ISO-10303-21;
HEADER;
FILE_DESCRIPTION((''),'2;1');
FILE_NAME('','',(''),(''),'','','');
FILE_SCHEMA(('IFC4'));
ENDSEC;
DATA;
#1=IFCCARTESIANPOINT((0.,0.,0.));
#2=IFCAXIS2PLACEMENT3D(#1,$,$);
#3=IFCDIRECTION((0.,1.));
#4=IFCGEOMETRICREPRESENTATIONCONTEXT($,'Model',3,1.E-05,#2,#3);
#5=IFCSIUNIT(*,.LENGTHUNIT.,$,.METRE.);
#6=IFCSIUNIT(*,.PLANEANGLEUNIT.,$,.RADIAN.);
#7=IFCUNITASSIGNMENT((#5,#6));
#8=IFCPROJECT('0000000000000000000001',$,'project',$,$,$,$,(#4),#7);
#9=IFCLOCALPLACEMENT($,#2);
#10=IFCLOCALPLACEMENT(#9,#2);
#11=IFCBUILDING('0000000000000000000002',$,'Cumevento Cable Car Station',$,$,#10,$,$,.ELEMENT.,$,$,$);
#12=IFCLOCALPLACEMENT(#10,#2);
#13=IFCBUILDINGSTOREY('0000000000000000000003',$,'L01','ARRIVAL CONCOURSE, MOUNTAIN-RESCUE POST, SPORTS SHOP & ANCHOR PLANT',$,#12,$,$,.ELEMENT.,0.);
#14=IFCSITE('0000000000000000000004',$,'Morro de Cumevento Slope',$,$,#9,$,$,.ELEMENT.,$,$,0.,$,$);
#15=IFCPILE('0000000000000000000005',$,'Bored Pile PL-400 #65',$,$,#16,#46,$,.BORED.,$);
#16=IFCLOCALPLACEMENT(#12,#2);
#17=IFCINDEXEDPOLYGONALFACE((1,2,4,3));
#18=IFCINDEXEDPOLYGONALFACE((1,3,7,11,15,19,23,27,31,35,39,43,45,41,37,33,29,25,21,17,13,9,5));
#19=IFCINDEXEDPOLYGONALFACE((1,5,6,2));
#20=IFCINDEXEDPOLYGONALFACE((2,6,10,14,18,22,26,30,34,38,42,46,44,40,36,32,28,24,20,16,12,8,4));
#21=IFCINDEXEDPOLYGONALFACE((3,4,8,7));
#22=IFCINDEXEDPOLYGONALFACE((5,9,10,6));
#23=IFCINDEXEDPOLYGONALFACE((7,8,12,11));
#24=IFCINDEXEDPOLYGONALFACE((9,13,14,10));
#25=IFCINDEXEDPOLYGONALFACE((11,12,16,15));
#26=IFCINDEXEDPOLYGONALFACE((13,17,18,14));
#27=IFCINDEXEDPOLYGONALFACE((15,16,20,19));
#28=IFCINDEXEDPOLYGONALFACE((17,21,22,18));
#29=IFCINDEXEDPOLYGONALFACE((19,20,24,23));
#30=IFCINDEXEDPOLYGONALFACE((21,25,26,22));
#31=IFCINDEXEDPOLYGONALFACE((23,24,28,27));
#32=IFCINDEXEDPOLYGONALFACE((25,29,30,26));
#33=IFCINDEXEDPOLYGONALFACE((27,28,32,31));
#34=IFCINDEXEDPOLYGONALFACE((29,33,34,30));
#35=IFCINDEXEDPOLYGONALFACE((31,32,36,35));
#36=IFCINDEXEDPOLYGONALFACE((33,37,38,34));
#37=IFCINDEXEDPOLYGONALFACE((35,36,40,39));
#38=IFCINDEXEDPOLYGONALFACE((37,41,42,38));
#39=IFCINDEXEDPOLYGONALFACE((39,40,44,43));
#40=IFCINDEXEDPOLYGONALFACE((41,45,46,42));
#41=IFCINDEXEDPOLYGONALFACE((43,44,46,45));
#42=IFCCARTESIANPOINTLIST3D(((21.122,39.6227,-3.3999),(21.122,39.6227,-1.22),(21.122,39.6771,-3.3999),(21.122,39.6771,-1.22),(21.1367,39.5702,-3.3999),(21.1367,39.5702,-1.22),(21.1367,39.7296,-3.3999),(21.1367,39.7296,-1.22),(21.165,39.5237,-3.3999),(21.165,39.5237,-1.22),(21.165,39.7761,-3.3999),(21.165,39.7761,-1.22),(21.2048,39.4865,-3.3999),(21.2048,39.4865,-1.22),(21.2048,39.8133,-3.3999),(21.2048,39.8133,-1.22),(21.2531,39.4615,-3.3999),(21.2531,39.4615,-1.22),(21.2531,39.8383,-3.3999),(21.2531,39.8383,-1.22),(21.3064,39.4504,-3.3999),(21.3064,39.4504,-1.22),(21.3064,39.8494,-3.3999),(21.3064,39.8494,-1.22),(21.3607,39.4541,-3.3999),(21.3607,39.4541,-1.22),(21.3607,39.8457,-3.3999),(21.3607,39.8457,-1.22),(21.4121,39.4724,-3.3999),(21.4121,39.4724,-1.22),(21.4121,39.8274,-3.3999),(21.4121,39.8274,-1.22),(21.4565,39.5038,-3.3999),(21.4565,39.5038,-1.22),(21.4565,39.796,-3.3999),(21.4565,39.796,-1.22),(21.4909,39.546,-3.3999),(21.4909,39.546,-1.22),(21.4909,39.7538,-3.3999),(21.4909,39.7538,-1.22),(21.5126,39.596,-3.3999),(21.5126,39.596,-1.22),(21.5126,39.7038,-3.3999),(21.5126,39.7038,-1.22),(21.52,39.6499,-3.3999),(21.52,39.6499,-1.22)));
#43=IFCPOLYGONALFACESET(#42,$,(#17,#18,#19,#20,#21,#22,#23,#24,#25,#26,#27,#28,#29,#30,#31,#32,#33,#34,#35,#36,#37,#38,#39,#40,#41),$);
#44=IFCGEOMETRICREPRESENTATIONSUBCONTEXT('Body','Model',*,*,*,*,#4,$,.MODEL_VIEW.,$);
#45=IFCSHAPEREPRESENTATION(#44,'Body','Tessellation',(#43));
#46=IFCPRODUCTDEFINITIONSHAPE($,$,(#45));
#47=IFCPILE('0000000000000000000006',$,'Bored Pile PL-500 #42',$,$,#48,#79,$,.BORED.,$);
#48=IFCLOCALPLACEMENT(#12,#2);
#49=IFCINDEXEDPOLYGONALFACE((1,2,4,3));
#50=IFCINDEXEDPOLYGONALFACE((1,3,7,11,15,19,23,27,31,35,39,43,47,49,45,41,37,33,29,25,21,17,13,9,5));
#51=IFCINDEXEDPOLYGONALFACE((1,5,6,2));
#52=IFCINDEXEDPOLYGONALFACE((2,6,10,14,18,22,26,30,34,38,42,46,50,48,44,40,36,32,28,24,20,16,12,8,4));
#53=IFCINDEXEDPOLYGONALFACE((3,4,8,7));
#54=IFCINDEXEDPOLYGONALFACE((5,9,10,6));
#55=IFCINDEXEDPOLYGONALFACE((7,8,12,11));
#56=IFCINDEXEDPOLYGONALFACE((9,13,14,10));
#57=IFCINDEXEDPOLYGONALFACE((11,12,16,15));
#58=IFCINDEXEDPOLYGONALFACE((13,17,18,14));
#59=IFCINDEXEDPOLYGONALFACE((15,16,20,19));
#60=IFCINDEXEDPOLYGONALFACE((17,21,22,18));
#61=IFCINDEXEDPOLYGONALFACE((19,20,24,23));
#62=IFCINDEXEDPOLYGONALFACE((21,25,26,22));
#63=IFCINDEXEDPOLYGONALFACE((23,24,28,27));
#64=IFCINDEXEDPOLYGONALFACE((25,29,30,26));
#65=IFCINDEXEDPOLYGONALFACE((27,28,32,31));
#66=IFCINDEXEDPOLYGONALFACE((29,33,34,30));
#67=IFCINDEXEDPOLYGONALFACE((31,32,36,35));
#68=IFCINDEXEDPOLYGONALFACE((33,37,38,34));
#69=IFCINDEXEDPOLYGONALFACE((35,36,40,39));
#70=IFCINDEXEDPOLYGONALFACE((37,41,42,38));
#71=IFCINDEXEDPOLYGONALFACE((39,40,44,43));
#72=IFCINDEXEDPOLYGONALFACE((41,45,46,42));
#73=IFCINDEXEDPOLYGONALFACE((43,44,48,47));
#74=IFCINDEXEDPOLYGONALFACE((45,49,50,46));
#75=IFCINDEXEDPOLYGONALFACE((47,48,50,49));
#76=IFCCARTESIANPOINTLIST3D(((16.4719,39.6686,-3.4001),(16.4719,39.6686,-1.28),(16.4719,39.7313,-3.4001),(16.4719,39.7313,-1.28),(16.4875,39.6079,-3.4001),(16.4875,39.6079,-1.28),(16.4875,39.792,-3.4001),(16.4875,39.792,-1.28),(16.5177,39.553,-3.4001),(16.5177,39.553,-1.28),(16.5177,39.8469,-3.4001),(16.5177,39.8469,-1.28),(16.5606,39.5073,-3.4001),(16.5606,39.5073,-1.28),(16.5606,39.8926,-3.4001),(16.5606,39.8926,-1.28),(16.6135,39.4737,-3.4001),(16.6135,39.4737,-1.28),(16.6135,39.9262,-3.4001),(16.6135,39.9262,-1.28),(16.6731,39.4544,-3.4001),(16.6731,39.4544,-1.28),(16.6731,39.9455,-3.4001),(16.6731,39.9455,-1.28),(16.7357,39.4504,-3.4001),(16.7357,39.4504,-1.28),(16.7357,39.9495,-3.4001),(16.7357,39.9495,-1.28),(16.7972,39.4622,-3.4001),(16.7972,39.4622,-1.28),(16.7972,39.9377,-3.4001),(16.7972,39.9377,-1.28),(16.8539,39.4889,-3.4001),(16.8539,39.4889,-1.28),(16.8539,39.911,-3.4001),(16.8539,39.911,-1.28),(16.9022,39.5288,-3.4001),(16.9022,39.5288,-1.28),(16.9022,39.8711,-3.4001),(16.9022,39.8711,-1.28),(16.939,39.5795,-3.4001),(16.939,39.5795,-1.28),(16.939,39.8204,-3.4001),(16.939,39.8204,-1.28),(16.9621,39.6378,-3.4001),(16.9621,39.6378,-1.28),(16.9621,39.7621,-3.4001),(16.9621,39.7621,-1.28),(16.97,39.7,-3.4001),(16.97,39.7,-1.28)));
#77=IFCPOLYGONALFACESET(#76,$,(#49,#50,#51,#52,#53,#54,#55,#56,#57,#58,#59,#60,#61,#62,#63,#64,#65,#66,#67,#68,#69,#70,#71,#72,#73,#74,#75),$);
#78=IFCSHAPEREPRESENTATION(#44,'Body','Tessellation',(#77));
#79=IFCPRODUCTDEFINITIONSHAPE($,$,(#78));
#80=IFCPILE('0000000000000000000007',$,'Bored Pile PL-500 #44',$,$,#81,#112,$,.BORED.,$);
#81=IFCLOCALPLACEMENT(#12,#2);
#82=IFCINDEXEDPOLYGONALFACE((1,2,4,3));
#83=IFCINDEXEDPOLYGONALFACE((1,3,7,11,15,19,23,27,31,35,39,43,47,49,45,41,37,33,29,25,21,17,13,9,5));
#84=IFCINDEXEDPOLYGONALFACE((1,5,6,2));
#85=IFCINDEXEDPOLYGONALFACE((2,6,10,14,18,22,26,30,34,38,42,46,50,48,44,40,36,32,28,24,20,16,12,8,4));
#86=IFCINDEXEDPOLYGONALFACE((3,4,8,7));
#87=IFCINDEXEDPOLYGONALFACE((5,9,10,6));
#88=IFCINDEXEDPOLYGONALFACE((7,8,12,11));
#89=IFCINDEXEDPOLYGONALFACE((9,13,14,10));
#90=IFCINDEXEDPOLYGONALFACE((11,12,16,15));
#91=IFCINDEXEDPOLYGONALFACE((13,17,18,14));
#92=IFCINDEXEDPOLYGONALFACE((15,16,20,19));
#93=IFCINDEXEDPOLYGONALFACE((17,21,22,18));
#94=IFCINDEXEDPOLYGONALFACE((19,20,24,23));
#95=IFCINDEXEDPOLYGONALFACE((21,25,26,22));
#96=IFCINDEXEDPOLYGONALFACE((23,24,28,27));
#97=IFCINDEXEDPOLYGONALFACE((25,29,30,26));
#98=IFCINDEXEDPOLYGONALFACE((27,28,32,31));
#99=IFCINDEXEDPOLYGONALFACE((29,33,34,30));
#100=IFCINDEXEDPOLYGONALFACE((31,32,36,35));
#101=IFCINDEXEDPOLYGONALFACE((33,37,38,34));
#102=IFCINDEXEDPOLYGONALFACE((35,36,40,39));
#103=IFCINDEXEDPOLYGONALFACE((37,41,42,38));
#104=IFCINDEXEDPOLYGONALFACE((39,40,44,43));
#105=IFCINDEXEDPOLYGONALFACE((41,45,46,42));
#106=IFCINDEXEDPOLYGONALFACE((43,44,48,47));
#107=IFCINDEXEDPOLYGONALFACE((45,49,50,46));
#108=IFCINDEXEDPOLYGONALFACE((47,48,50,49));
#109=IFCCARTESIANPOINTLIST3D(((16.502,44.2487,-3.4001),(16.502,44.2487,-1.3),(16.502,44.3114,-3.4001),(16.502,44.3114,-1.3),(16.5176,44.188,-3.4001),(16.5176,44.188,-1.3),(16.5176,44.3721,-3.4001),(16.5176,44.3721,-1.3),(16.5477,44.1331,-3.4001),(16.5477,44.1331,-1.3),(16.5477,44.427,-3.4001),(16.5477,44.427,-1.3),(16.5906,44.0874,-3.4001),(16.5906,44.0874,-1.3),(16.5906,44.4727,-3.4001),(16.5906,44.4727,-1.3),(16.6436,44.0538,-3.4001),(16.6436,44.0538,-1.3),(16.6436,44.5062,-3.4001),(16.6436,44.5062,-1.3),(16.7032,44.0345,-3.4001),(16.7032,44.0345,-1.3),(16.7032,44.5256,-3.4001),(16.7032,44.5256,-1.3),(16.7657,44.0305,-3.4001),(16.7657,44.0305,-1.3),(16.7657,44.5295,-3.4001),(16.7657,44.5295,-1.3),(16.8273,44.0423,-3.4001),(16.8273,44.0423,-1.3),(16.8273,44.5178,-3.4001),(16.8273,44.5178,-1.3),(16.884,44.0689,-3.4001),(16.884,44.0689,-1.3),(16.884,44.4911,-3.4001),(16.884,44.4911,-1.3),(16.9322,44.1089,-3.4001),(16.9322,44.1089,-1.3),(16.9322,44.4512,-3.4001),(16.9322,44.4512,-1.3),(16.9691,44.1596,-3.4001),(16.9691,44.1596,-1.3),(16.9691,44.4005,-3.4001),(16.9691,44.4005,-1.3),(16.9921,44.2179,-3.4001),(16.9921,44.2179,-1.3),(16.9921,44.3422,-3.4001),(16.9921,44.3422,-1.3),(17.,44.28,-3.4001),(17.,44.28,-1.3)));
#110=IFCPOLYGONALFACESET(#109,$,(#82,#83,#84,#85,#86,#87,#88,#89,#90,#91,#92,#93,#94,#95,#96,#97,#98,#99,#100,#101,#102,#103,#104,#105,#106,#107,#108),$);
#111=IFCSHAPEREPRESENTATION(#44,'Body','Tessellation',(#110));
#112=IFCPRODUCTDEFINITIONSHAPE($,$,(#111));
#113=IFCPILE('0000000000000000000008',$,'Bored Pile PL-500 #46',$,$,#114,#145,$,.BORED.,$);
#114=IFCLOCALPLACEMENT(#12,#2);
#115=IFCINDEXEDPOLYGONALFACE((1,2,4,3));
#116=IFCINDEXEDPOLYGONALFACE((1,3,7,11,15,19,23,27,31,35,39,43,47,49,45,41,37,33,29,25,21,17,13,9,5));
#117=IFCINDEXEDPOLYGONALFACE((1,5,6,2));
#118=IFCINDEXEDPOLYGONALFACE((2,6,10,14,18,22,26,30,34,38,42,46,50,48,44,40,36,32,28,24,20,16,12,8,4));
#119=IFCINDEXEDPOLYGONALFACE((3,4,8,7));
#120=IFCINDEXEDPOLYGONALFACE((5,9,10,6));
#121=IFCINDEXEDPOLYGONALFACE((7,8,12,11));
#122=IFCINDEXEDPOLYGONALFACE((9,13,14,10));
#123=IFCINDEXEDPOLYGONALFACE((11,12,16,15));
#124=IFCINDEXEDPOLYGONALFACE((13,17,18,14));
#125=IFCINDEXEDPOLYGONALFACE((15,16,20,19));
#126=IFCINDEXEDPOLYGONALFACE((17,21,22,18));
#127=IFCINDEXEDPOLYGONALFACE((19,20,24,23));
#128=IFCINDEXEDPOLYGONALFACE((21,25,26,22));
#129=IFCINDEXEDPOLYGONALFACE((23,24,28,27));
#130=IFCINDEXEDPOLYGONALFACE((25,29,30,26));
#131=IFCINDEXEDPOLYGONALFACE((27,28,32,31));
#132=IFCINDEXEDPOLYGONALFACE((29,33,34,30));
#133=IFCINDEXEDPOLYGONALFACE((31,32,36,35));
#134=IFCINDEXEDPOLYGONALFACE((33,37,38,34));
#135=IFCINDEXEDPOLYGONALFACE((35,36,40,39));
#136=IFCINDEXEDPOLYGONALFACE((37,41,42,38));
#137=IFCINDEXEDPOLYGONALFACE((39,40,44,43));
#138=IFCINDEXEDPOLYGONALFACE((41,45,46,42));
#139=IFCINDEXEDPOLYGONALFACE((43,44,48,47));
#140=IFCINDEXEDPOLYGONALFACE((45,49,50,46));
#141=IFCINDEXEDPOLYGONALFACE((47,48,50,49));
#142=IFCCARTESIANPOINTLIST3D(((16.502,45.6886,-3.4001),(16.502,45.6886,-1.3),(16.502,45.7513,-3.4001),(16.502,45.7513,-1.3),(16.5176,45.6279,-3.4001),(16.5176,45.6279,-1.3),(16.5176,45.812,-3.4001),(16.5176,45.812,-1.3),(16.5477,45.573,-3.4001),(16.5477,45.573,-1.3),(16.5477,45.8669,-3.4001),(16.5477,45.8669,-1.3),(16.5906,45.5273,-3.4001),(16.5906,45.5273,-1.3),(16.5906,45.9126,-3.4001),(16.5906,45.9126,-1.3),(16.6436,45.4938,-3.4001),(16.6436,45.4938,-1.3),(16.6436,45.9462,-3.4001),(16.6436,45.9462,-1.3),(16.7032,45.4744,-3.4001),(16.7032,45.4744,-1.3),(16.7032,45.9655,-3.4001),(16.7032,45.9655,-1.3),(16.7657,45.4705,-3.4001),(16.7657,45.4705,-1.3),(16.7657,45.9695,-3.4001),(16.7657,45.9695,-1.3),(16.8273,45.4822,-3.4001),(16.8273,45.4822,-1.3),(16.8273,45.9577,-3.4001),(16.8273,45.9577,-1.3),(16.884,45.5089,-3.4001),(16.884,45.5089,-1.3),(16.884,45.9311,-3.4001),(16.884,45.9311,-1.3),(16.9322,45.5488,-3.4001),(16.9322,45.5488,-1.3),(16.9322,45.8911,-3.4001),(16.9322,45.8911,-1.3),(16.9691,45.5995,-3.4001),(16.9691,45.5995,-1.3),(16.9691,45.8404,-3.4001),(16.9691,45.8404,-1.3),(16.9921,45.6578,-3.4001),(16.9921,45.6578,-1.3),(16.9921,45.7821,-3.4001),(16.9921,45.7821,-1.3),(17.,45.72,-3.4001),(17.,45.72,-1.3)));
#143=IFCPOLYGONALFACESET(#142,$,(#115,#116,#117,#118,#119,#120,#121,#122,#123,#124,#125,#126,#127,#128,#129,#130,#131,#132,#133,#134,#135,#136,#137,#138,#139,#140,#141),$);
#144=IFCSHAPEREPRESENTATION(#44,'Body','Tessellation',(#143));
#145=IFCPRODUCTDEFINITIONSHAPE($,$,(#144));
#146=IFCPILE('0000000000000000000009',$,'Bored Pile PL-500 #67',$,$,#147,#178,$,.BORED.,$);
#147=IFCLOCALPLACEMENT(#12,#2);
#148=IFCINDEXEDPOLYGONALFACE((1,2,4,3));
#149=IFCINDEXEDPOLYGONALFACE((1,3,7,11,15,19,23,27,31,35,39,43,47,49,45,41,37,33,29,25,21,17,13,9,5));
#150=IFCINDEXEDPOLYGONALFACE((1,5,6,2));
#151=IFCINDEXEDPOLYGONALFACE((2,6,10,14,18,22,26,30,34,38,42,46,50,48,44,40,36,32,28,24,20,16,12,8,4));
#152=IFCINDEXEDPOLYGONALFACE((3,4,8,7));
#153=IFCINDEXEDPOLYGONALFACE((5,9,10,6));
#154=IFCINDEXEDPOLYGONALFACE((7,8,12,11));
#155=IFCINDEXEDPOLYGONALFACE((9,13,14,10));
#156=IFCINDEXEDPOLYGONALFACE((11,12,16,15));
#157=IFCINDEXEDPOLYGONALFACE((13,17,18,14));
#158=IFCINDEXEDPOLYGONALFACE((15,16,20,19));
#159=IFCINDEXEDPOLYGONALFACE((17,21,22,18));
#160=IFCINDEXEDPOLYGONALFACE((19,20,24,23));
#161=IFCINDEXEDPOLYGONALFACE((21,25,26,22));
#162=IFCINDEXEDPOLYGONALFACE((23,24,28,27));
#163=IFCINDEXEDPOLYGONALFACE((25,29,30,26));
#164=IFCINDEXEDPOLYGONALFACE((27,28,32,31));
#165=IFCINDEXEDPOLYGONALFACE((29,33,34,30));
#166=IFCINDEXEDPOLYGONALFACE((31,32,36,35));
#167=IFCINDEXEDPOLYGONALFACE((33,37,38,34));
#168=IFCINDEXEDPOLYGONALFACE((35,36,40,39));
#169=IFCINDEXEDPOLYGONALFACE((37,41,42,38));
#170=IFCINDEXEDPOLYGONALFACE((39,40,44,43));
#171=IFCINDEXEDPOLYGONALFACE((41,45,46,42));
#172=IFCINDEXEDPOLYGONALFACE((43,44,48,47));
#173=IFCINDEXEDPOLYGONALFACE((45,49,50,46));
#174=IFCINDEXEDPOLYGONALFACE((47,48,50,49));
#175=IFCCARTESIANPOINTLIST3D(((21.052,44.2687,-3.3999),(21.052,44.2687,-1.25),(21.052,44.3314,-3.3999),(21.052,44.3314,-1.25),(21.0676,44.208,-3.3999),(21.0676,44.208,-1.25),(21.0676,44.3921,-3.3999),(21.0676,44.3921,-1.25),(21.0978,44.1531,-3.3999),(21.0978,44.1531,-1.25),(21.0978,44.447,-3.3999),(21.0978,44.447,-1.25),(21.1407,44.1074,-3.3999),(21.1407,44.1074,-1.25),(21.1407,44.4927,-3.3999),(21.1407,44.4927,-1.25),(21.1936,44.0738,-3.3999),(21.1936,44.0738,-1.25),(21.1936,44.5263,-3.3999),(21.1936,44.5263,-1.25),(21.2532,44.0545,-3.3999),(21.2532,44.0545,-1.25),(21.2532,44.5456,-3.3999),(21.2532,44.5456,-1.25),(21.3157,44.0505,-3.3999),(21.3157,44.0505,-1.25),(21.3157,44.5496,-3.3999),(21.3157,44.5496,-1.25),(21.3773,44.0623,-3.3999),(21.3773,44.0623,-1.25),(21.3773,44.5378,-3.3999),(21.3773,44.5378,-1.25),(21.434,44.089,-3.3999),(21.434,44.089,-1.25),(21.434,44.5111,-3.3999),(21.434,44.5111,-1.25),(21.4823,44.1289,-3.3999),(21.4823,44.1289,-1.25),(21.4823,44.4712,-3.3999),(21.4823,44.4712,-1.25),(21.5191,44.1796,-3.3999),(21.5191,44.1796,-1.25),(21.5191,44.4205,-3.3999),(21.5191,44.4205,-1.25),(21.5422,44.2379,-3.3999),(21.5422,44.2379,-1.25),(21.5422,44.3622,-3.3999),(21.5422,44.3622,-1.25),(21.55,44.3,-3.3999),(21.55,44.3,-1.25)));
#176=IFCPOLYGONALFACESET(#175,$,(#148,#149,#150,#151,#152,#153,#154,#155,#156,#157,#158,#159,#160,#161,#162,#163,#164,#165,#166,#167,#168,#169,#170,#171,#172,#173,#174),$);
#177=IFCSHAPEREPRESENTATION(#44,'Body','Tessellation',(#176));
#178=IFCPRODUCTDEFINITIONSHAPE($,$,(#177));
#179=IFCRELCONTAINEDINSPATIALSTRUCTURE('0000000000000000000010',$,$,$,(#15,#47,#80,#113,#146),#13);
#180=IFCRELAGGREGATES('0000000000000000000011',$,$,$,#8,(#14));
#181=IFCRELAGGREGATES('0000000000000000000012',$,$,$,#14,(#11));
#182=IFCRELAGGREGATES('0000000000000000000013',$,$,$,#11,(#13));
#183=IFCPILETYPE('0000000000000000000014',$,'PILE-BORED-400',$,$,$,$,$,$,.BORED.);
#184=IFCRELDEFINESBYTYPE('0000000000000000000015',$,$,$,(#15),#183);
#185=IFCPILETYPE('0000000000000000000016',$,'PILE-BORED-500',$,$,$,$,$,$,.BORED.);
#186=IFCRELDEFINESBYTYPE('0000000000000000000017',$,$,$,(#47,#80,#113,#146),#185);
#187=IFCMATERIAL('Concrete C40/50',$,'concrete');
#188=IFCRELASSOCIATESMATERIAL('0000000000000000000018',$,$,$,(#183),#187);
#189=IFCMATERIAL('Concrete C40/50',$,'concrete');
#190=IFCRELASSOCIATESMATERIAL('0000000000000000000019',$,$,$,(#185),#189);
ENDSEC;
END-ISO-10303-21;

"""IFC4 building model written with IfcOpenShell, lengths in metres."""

from ifc_helpers import new_model, si_unit, direction, frame, origin, origin_2d, place, context, subcontext, project, spatial, circle, extrude, material, material_profile, profile_set, type_object, element, save


model = new_model("IFC4")

# Units and contexts
model_context = context("Model", 3, precision=1e-05, world=origin(), true_north=direction((0.0, 1.0)))
body_context = subcontext(model_context, "Body", "Model", "MODEL_VIEW")
ifc_project = project(units=[si_unit("LENGTHUNIT", "METRE"), si_unit("PLANEANGLEUNIT", "RADIAN")], contexts=[model_context])

# Site, building, storey
site_placement = place(None, origin())
site = spatial("IfcSite", under=ifc_project, at=site_placement, Name="Morro de Cumevento Slope", CompositionType="ELEMENT", RefElevation=0.0)
building_placement = place(site_placement, origin())
building = spatial("IfcBuilding", under=site, at=building_placement, Name="Cumevento Cable Car Station", CompositionType="ELEMENT")
storey_placement = place(building_placement, origin())
storey = spatial("IfcBuildingStorey", under=building, at=storey_placement, Name="L01", Description="ARRIVAL CONCOURSE, MOUNTAIN-RESCUE POST, SPORTS SHOP & ANCHOR PLANT", CompositionType="ELEMENT", Elevation=0.0)

# Piles
ifc_material_1 = material(Name="Concrete C40/50", Category="concrete")
ifc_material_profile_1 = material_profile(ifc_material_1, circle(Radius=0.2, at=origin_2d()), Name="PILE-D400")
ifc_profile_set_1 = profile_set([ifc_material_profile_1], Name="Concrete C40/50")
pile_type_1 = type_object("IfcPileType", Name="PILE-BORED-400", PredefinedType="BORED", material=ifc_profile_set_1)
pile_1_placement = place(storey_placement, frame((21.3201, 39.6499, -1.22), z_axis=(0.0, 0.0, -1.0), x_axis=(1.0, 0.0, 0.0)))
element("IfcPile", 1, at=pile_1_placement, inside=storey, type_object=pile_type_1, Name="Bored Pile PL-400 #65", PredefinedType="BORED", context=body_context, shape_type="SweptSolid", body=[
    extrude(circle(Radius=0.2, at=origin_2d()), origin(), (0.0, 0.0, 1.0), 2.1799),
])
ifc_material_2 = material(Name="Concrete C40/50", Category="concrete")
ifc_material_profile_2 = material_profile(ifc_material_2, circle(Radius=0.25, at=origin_2d()), Name="PILE-D500")
ifc_profile_set_2 = profile_set([ifc_material_profile_2], Name="Concrete C40/50")
pile_type_2 = type_object("IfcPileType", Name="PILE-BORED-500", PredefinedType="BORED", material=ifc_profile_set_2)
pile_2_placement = place(storey_placement, frame((16.72, 39.7, -1.28), z_axis=(0.0, 0.0, -1.0), x_axis=(1.0, 0.0, 0.0)))
element("IfcPile", 2, at=pile_2_placement, inside=storey, type_object=pile_type_2, Name="Bored Pile PL-500 #42", PredefinedType="BORED", context=body_context, shape_type="SweptSolid", body=[
    extrude(circle(Radius=0.25, at=origin_2d()), origin(), (0.0, 0.0, 1.0), 2.1201),
])
for number, where, z_axis, x_axis, name in (
    (3, (16.75, 44.28, -1.3), (0.0, 0.0, -1.0), (1.0, 0.0, 0.0), "Bored Pile PL-500 #44"),
    (4, (16.75, 45.72, -1.3), (0.0, 0.0, -1.0), (1.0, 0.0, 0.0), "Bored Pile PL-500 #46"),
):
    element("IfcPile", number, at=place(storey_placement, frame(where, z_axis=z_axis, x_axis=x_axis)), inside=storey, type_object=pile_type_2, Name=name, PredefinedType="BORED", context=body_context, shape_type="SweptSolid", body=[
        extrude(circle(Radius=0.25, at=origin_2d()), origin(), (0.0, 0.0, 1.0), 2.1001),
    ])
for number, where, z_axis, x_axis, name in (
    (5, (21.3, 44.3, -1.25), (0.0, 0.0, -1.0), (1.0, 0.0, 0.0), "Bored Pile PL-500 #67"),
):
    element("IfcPile", number, at=place(storey_placement, frame(where, z_axis=z_axis, x_axis=x_axis)), inside=storey, type_object=pile_type_2, Name=name, PredefinedType="BORED", context=body_context, shape_type="SweptSolid", body=[
        extrude(circle(Radius=0.25, at=origin_2d()), origin(), (0.0, 0.0, 1.0), 2.1499),
    ])

save(model, "model.ifc")
